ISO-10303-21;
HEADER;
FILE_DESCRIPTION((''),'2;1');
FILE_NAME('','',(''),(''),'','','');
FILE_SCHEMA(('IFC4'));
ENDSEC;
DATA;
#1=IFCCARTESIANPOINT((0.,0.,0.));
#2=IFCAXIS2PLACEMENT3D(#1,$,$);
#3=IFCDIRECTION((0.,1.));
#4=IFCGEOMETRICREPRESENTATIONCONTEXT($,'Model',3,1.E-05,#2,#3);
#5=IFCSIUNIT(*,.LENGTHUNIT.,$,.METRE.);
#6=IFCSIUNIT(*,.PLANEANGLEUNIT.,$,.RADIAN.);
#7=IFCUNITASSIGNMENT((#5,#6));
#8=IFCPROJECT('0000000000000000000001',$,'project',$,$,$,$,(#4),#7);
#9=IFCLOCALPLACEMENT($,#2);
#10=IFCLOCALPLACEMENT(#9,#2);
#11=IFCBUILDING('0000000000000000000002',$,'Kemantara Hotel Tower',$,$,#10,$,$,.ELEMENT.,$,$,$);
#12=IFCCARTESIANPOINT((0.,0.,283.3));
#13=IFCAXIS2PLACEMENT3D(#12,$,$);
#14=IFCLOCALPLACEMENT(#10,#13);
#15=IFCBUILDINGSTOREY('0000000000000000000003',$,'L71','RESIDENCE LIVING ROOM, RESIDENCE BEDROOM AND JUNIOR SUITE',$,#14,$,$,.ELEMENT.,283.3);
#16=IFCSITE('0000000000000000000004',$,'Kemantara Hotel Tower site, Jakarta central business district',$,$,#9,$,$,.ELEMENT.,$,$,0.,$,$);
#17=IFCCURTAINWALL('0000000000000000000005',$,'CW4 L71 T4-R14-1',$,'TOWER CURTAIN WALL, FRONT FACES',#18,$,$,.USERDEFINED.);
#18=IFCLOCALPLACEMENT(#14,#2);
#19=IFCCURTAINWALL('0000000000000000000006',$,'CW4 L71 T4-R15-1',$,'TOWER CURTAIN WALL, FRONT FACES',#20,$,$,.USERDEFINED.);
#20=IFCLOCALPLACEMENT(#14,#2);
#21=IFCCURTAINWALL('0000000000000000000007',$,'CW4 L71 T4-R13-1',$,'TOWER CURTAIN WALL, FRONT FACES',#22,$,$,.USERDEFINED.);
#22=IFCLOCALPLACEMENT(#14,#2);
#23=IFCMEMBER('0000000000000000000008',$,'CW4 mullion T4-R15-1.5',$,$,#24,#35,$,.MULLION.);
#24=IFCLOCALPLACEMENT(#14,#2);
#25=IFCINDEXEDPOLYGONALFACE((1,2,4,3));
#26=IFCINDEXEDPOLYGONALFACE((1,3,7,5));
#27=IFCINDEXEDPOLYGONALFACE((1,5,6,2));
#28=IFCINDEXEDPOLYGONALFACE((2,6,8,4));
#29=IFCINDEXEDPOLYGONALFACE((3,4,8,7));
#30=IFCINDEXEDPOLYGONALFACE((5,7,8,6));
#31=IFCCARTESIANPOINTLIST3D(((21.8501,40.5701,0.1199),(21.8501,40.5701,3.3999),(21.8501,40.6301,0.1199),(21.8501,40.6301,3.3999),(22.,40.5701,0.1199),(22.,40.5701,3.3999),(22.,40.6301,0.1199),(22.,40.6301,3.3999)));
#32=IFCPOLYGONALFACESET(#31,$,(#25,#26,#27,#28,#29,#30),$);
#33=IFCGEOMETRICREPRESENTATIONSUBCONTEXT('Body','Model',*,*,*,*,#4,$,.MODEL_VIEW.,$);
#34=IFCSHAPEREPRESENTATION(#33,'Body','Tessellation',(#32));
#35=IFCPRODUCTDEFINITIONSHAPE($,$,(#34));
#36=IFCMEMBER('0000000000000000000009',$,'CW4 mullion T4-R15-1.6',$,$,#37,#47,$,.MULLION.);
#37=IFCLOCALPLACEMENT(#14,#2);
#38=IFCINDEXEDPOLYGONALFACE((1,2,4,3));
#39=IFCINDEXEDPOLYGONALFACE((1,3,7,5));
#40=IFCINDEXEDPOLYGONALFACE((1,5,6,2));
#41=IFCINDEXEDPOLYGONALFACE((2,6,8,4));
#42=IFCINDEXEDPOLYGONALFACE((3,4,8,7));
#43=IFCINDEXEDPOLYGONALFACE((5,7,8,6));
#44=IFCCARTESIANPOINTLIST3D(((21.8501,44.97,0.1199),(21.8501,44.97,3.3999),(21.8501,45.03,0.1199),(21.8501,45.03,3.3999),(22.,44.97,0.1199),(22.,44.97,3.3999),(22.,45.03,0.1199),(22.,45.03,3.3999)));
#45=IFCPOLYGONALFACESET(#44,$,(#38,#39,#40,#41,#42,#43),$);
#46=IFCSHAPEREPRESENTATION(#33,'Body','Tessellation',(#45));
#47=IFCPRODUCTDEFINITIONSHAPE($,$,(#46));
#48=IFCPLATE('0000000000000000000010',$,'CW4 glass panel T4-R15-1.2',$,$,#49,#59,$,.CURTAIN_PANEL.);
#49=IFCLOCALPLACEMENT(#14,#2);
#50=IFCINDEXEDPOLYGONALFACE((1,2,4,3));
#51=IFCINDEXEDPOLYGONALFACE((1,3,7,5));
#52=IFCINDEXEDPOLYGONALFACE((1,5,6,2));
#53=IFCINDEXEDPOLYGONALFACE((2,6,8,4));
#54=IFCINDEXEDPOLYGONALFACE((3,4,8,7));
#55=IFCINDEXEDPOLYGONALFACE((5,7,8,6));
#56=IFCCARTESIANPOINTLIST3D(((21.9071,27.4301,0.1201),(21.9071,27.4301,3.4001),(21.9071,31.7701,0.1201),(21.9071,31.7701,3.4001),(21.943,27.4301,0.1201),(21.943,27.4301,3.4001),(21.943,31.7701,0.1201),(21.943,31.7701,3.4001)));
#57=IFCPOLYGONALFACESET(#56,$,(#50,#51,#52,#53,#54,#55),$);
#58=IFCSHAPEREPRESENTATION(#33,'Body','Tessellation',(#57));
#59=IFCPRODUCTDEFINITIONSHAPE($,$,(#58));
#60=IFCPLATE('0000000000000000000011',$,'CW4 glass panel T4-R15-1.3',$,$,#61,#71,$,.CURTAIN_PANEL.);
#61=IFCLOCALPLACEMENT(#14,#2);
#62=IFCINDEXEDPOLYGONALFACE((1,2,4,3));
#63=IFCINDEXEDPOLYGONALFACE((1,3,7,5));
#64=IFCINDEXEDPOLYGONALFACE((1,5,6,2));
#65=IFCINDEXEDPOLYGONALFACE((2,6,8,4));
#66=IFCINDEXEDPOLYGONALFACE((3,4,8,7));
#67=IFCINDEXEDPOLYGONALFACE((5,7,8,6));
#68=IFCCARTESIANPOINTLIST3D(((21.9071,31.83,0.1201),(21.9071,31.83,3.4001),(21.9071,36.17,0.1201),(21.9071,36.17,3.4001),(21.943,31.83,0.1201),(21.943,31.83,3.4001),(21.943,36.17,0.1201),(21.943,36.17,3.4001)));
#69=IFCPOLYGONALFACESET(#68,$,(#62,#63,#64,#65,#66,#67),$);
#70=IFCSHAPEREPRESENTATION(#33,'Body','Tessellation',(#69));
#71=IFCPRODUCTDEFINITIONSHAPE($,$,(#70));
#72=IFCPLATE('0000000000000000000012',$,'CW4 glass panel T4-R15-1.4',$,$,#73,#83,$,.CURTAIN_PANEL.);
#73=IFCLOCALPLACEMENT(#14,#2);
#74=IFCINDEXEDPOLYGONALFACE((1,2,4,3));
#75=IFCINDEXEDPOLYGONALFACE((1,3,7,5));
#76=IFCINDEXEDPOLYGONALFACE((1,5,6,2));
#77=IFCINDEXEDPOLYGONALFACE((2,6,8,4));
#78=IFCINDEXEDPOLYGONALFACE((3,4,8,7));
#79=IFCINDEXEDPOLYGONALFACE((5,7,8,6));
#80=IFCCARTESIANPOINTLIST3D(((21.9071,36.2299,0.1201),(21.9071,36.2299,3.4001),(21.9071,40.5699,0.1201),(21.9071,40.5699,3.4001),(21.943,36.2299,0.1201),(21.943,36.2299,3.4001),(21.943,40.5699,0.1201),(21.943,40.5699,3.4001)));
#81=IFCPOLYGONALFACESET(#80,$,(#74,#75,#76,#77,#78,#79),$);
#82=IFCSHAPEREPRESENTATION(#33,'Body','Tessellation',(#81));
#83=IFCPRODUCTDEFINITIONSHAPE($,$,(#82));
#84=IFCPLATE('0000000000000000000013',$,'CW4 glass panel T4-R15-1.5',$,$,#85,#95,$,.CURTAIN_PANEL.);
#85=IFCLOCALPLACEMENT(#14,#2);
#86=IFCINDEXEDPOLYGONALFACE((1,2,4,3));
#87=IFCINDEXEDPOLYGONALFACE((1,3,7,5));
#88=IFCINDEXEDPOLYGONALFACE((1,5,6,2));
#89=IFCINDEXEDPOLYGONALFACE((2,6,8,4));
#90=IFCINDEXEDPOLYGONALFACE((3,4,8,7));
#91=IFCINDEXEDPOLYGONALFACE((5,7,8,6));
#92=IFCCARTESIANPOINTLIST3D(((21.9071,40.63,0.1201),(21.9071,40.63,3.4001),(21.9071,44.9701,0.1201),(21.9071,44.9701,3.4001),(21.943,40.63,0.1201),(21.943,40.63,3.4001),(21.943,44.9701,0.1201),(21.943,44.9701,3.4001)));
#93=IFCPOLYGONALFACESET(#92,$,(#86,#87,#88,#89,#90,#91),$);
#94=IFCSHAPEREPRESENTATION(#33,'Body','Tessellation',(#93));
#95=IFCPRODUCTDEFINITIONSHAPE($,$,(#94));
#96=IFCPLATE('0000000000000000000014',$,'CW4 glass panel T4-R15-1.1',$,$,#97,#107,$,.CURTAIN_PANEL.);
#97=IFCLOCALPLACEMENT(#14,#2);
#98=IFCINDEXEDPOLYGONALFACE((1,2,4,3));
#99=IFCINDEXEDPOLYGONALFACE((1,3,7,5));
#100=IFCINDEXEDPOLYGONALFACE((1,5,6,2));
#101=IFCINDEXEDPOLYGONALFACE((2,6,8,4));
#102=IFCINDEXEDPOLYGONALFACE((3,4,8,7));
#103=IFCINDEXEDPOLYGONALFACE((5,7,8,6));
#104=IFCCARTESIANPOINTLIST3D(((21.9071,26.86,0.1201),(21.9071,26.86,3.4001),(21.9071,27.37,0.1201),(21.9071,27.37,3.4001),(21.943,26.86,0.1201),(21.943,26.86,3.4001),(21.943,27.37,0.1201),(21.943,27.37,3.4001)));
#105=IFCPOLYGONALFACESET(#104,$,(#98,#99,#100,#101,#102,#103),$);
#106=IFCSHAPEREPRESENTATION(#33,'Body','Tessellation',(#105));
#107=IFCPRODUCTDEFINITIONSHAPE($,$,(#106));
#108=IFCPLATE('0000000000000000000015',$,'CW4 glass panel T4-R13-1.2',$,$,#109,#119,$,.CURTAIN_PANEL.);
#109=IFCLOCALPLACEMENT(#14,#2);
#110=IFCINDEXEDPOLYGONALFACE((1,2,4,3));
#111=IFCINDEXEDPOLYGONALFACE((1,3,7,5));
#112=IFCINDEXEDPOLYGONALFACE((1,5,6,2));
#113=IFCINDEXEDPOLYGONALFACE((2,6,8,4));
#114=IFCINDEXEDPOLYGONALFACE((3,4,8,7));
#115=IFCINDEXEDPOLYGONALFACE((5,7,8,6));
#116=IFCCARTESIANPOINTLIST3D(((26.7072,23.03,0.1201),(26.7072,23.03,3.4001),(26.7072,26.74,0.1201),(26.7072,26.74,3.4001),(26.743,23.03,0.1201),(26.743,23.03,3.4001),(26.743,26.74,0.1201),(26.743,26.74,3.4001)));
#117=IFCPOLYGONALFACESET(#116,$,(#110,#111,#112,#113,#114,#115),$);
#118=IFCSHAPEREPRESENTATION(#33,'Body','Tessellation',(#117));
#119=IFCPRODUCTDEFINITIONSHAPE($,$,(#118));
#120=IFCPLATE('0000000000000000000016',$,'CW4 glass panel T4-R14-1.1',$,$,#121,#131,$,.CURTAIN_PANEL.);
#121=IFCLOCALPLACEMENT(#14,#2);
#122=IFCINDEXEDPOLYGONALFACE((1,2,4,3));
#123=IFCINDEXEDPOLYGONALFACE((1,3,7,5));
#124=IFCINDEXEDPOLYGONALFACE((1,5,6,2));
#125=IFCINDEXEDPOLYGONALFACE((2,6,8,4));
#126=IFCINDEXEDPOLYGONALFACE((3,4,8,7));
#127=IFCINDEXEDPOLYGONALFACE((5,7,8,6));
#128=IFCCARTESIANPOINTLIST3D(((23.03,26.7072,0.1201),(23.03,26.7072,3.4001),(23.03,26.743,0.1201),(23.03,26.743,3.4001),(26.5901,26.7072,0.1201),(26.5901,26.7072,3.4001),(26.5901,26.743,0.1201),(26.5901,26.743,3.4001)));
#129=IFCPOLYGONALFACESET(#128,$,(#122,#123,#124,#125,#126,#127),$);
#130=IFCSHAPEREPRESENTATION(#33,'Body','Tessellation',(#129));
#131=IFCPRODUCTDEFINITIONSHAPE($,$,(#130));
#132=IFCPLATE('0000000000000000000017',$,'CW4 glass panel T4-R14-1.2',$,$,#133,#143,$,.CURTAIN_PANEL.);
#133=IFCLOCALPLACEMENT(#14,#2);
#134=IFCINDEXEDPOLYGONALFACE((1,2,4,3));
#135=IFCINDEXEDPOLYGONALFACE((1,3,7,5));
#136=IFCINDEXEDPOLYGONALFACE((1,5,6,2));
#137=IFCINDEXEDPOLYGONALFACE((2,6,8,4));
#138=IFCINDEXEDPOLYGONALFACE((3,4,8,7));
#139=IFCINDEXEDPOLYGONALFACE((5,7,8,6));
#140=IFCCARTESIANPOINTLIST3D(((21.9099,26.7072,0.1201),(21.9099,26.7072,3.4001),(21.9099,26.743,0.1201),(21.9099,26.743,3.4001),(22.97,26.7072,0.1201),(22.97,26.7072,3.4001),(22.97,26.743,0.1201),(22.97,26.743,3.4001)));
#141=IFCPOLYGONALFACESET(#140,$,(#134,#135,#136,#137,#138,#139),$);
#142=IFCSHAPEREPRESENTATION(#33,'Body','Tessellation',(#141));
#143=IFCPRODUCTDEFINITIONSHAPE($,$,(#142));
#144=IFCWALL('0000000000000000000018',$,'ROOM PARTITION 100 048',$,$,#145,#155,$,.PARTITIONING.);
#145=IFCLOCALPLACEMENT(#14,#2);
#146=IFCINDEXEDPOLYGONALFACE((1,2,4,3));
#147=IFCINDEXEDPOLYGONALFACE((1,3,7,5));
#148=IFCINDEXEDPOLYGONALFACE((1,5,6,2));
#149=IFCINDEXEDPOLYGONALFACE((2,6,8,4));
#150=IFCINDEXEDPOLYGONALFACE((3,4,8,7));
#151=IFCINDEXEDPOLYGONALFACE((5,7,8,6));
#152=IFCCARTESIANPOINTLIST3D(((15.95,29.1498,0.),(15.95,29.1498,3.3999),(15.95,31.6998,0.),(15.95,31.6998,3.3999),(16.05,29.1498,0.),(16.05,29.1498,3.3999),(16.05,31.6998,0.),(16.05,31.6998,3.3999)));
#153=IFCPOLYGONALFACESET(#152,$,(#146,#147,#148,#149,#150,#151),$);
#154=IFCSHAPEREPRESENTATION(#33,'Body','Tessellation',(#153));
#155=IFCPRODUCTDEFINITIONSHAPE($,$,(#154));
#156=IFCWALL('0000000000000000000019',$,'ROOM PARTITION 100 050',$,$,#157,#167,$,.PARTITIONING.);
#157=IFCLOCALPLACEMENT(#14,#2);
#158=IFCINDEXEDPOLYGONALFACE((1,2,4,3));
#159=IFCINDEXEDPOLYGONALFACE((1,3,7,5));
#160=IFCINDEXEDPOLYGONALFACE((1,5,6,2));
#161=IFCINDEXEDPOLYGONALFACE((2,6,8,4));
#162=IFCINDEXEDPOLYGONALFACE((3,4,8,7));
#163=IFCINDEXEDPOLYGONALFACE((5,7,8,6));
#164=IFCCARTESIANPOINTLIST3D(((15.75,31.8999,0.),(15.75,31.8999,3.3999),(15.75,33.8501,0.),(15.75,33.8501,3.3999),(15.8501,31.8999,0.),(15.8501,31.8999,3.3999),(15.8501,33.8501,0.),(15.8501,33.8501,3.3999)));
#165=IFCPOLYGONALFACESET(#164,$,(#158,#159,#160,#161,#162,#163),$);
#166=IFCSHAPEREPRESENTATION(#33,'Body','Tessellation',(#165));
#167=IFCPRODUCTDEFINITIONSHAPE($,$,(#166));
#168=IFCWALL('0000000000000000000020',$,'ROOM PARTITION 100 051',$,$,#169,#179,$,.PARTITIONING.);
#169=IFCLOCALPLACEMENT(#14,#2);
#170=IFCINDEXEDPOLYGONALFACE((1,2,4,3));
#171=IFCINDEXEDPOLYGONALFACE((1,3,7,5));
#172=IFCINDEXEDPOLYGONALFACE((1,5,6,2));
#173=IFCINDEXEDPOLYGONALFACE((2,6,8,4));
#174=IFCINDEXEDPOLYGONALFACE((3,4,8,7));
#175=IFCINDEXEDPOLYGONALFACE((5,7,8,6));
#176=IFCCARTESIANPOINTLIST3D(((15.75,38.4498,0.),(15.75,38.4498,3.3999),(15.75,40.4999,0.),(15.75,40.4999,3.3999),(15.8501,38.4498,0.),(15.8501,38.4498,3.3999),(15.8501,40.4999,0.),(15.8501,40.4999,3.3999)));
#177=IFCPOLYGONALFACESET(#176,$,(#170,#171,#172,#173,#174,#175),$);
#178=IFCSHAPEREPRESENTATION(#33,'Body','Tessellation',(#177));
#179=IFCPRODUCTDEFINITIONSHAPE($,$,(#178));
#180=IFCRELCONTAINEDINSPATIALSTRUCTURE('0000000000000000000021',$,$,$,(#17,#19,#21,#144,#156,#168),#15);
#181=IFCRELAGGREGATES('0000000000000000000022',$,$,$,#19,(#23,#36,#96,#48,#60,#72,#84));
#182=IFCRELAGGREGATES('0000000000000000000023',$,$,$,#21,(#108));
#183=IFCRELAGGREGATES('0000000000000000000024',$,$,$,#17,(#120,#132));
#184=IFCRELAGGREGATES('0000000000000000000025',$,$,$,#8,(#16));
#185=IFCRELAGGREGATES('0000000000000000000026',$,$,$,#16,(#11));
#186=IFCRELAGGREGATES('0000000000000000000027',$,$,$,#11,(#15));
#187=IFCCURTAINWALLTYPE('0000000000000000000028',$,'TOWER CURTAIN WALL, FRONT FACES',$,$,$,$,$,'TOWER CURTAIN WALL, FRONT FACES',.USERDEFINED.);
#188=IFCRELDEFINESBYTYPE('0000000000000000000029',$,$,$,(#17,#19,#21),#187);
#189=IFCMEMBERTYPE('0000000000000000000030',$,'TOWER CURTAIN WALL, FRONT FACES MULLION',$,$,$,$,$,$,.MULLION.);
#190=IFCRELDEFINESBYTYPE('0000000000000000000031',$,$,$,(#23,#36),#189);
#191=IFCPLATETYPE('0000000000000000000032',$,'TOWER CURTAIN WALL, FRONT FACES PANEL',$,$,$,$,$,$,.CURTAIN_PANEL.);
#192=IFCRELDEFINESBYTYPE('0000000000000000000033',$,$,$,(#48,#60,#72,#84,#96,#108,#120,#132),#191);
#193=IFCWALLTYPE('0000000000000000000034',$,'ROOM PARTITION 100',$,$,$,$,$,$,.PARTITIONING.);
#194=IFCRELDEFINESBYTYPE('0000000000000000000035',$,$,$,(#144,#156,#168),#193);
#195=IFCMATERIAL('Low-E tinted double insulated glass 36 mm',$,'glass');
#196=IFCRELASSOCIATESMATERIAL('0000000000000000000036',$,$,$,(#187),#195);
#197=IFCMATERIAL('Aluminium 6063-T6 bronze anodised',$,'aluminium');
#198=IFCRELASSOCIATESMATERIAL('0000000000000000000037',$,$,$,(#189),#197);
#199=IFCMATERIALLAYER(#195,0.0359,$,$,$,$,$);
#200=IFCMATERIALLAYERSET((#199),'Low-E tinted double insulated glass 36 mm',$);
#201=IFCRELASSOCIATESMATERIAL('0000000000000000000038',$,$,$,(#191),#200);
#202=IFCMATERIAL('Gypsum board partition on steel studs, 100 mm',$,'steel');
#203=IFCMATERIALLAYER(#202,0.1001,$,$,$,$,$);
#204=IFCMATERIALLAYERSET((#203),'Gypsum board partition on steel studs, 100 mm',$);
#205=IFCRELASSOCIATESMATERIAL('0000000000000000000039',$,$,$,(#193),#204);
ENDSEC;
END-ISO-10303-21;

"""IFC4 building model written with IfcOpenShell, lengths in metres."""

from ifc_helpers import new_model, si_unit, direction, frame, frame_2d, origin, origin_2d, place, context, subcontext, project, spatial, rectangle, extrude, source, transform, mapped, material, layer, layer_set, material_profile, profile_set, type_object, element, aggregate, save


model = new_model("IFC4")

# Units and contexts
model_context = context("Model", 3, precision=1e-05, world=origin(), true_north=direction((0.0, 1.0)))
body_context = subcontext(model_context, "Body", "Model", "MODEL_VIEW")
ifc_project = project(units=[si_unit("LENGTHUNIT", "METRE"), si_unit("PLANEANGLEUNIT", "RADIAN")], contexts=[model_context])

# Site, building, storey
site_placement = place(None, origin())
site = spatial("IfcSite", under=ifc_project, at=site_placement, Name="Kemantara Hotel Tower site, Jakarta central business district", CompositionType="ELEMENT", RefElevation=0.0)
building_placement = place(site_placement, origin())
building = spatial("IfcBuilding", under=site, at=building_placement, Name="Kemantara Hotel Tower", CompositionType="ELEMENT")
storey_placement = place(building_placement, frame((0.0, 0.0, 283.3)))
storey = spatial("IfcBuildingStorey", under=building, at=storey_placement, Name="L71", Description="RESIDENCE LIVING ROOM, RESIDENCE BEDROOM AND JUNIOR SUITE", CompositionType="ELEMENT", Elevation=283.3)

# Curtain walls
ifc_material_1 = material(Name="Low-E tinted double insulated glass 36 mm", Category="glass")
curtain_wall_type = type_object("IfcCurtainWallType", Name="TOWER CURTAIN WALL, FRONT FACES", ElementType="TOWER CURTAIN WALL, FRONT FACES", PredefinedType="USERDEFINED", material=ifc_material_1)
curtain_wall_1_placement = place(storey_placement, origin())
curtain_wall_1 = element("IfcCurtainWall", 1, at=curtain_wall_1_placement, inside=storey, type_object=curtain_wall_type, Name="CW4 L71 T4-R14-1", ObjectType="TOWER CURTAIN WALL, FRONT FACES", PredefinedType="USERDEFINED")
ifc_material_2 = material(Name="Aluminium 6063-T6 bronze anodised", Category="aluminium")
curtain_wall_2_placement = place(storey_placement, origin())
curtain_wall_2 = element("IfcCurtainWall", 2, at=curtain_wall_2_placement, inside=storey, type_object=curtain_wall_type, Name="CW4 L71 T4-R15-1", ObjectType="TOWER CURTAIN WALL, FRONT FACES", PredefinedType="USERDEFINED")

# Curtain wall
curtain_wall_3_placement = place(storey_placement, origin())
curtain_wall_3 = element("IfcCurtainWall", 3, at=curtain_wall_3_placement, inside=storey, type_object=curtain_wall_type, Name="CW4 L71 T4-R13-1", ObjectType="TOWER CURTAIN WALL, FRONT FACES", PredefinedType="USERDEFINED")
ifc_material_profile_1 = material_profile(ifc_material_2, rectangle(XDim=0.1499, YDim=0.0601, at=origin_2d()), Name="TOWER CURTAIN WALL, FRONT FACES MULLION")
ifc_profile_set_1 = profile_set([ifc_material_profile_1], Name="Aluminium 6063-T6 bronze anodised")
member_type_1 = type_object("IfcMemberType", Name="TOWER CURTAIN WALL, FRONT FACES MULLION", PredefinedType="MULLION", material=ifc_profile_set_1)
shared_shape_1 = source(origin(), body_context, "Body", "SweptSolid", [
    extrude(rectangle(XDim=0.1499, YDim=0.0601, at=origin_2d()), origin(), (0.0, 0.0, 1.0), 3.28),
])

# Members
member_1_placement = place(storey_placement, frame((21.925, 40.6001, 0.1199), z_axis=(0.0, 0.0, 1.0), x_axis=(-1.0, 0.0, 0.0)))
member_1 = element("IfcMember", 4, at=member_1_placement, type_object=member_type_1, Name="CW4 mullion T4-R15-1.5", PredefinedType="MULLION", context=body_context, shape_type="MappedRepresentation", body=[
    mapped(shared_shape_1, transform((0.0, 0.0, 0.0))),
])
member_2_placement = place(storey_placement, frame((21.925, 45.0, 0.1199), z_axis=(0.0, 0.0, 1.0), x_axis=(-1.0, 0.0, 0.0)))
member_2 = element("IfcMember", 5, at=member_2_placement, type_object=member_type_1, Name="CW4 mullion T4-R15-1.6", PredefinedType="MULLION", context=body_context, shape_type="MappedRepresentation", body=[
    mapped(shared_shape_1, transform((0.0, 0.0, 0.0))),
])

# Plates
ifc_layer_1 = layer(ifc_material_1, 0.0359)
ifc_layer_set_1 = layer_set([ifc_layer_1], Name="Low-E tinted double insulated glass 36 mm")
plate_type = type_object("IfcPlateType", Name="TOWER CURTAIN WALL, FRONT FACES PANEL", PredefinedType="CURTAIN_PANEL", material=ifc_layer_set_1)
shared_shape_2 = source(origin(), body_context, "Body", "SweptSolid", [
    extrude(rectangle(XDim=4.3401, YDim=0.0359, at=origin_2d()), origin(), (0.0, 0.0, 1.0), 3.28),
])
plate_1_placement = place(storey_placement, frame((21.925, 29.6001, 0.1201), z_axis=(0.0, 0.0, 1.0), x_axis=(0.0, 1.0, 0.0)))
plate_1 = element("IfcPlate", 6, at=plate_1_placement, type_object=plate_type, Name="CW4 glass panel T4-R15-1.2", PredefinedType="CURTAIN_PANEL", context=body_context, shape_type="MappedRepresentation", body=[
    mapped(shared_shape_2, transform((0.0, 0.0, 0.0))),
])
plate_2_placement = place(storey_placement, frame((21.925, 34.0, 0.1201), z_axis=(0.0, 0.0, 1.0), x_axis=(0.0, 1.0, 0.0)))
plate_2 = element("IfcPlate", 7, at=plate_2_placement, type_object=plate_type, Name="CW4 glass panel T4-R15-1.3", PredefinedType="CURTAIN_PANEL", context=body_context, shape_type="MappedRepresentation", body=[
    mapped(shared_shape_2, transform((0.0, 0.0, 0.0))),
])
plate_3_placement = place(storey_placement, frame((21.925, 38.3999, 0.1201), z_axis=(0.0, 0.0, 1.0), x_axis=(0.0, 1.0, 0.0)))
plate_3 = element("IfcPlate", 8, at=plate_3_placement, type_object=plate_type, Name="CW4 glass panel T4-R15-1.4", PredefinedType="CURTAIN_PANEL", context=body_context, shape_type="MappedRepresentation", body=[
    mapped(shared_shape_2, transform((0.0, 0.0, 0.0))),
])
plate_4_placement = place(storey_placement, frame((21.925, 42.8, 0.1201), z_axis=(0.0, 0.0, 1.0), x_axis=(0.0, 1.0, 0.0)))
plate_4 = element("IfcPlate", 9, at=plate_4_placement, type_object=plate_type, Name="CW4 glass panel T4-R15-1.5", PredefinedType="CURTAIN_PANEL", context=body_context, shape_type="MappedRepresentation", body=[
    mapped(shared_shape_2, transform((0.0, 0.0, 0.0))),
])
shared_shape_3 = source(origin(), body_context, "Body", "SweptSolid", [
    extrude(rectangle(XDim=0.51, YDim=0.0359, at=origin_2d()), origin(), (0.0, 0.0, 1.0), 3.28),
])
plate_5_placement = place(storey_placement, frame((21.925, 27.115, 0.1201), z_axis=(0.0, 0.0, 1.0), x_axis=(0.0, 1.0, 0.0)))
plate_5 = element("IfcPlate", 10, at=plate_5_placement, type_object=plate_type, Name="CW4 glass panel T4-R15-1.1", PredefinedType="CURTAIN_PANEL", context=body_context, shape_type="MappedRepresentation", body=[
    mapped(shared_shape_3, transform((0.0, 0.0, 0.0))),
])
aggregate(curtain_wall_2, [member_1, member_2, plate_5, plate_1, plate_2, plate_3, plate_4])
shared_shape_4 = source(origin(), body_context, "Body", "SweptSolid", [
    extrude(rectangle(XDim=3.71, YDim=0.0359, at=origin_2d()), origin(), (0.0, 0.0, 1.0), 3.28),
])
plate_6_placement = place(storey_placement, frame((26.7251, 24.885, 0.1201), z_axis=(0.0, 0.0, 1.0), x_axis=(0.0, 1.0, 0.0)))
plate_6 = element("IfcPlate", 11, at=plate_6_placement, type_object=plate_type, Name="CW4 glass panel T4-R13-1.2", PredefinedType="CURTAIN_PANEL", context=body_context, shape_type="MappedRepresentation", body=[
    mapped(shared_shape_4, transform((0.0, 0.0, 0.0))),
])
aggregate(curtain_wall_3, [plate_6])
shared_shape_5 = source(origin(), body_context, "Body", "SweptSolid", [
    extrude(rectangle(XDim=3.5601, YDim=0.0359, at=origin_2d()), origin(), (0.0, 0.0, 1.0), 3.28),
])
plate_7_placement = place(storey_placement, frame((24.8101, 26.7251, 0.1201), z_axis=(0.0, 0.0, 1.0), x_axis=(-1.0, 0.0, 0.0)))
plate_7 = element("IfcPlate", 12, at=plate_7_placement, type_object=plate_type, Name="CW4 glass panel T4-R14-1.1", PredefinedType="CURTAIN_PANEL", context=body_context, shape_type="MappedRepresentation", body=[
    mapped(shared_shape_5, transform((0.0, 0.0, 0.0))),
])
shared_shape_6 = source(origin(), body_context, "Body", "SweptSolid", [
    extrude(rectangle(XDim=1.0601, YDim=0.0359, at=origin_2d()), origin(), (0.0, 0.0, 1.0), 3.28),
])
plate_8_placement = place(storey_placement, frame((22.4399, 26.7251, 0.1201), z_axis=(0.0, 0.0, 1.0), x_axis=(-1.0, 0.0, 0.0)))
plate_8 = element("IfcPlate", 13, at=plate_8_placement, type_object=plate_type, Name="CW4 glass panel T4-R14-1.2", PredefinedType="CURTAIN_PANEL", context=body_context, shape_type="MappedRepresentation", body=[
    mapped(shared_shape_6, transform((0.0, 0.0, 0.0))),
])
aggregate(curtain_wall_1, [plate_7, plate_8])

# Walls
ifc_material_3 = material(Name="Gypsum board partition on steel studs, 100 mm", Category="steel")
ifc_layer_2 = layer(ifc_material_3, 0.1001)
ifc_layer_set_2 = layer_set([ifc_layer_2], Name="Gypsum board partition on steel studs, 100 mm")
wall_type = type_object("IfcWallType", Name="ROOM PARTITION 100", PredefinedType="PARTITIONING", material=ifc_layer_set_2)
wall_1_placement = place(storey_placement, frame((16.0, 29.1499, 0.0), z_axis=(0.0, 0.0, 1.0), x_axis=(0.0, 1.0, 0.0)))
element("IfcWall", 14, at=wall_1_placement, inside=storey, type_object=wall_type, Name="ROOM PARTITION 100 048", PredefinedType="PARTITIONING", context=body_context, shape_type="SweptSolid", body=[
    extrude(rectangle(XDim=2.55, YDim=0.1001, at=frame_2d((1.2749, 0.0))), origin(), (0.0, 0.0, 1.0), 3.3999),
])
wall_2_placement = place(storey_placement, frame((15.8, 31.8999, 0.0), z_axis=(0.0, 0.0, 1.0), x_axis=(0.0, 1.0, 0.0)))
element("IfcWall", 15, at=wall_2_placement, inside=storey, type_object=wall_type, Name="ROOM PARTITION 100 050", PredefinedType="PARTITIONING", context=body_context, shape_type="SweptSolid", body=[
    extrude(rectangle(XDim=1.9502, YDim=0.1001, at=frame_2d((0.9751, 0.0))), origin(), (0.0, 0.0, 1.0), 3.3999),
])
wall_3_placement = place(storey_placement, frame((15.8, 38.45, 0.0), z_axis=(0.0, 0.0, 1.0), x_axis=(0.0, 1.0, 0.0)))
element("IfcWall", 16, at=wall_3_placement, inside=storey, type_object=wall_type, Name="ROOM PARTITION 100 051", PredefinedType="PARTITIONING", context=body_context, shape_type="SweptSolid", body=[
    extrude(rectangle(XDim=2.05, YDim=0.1001, at=frame_2d((1.0249, 0.0))), origin(), (0.0, 0.0, 1.0), 3.3999),
])

save(model, "model.ifc")
